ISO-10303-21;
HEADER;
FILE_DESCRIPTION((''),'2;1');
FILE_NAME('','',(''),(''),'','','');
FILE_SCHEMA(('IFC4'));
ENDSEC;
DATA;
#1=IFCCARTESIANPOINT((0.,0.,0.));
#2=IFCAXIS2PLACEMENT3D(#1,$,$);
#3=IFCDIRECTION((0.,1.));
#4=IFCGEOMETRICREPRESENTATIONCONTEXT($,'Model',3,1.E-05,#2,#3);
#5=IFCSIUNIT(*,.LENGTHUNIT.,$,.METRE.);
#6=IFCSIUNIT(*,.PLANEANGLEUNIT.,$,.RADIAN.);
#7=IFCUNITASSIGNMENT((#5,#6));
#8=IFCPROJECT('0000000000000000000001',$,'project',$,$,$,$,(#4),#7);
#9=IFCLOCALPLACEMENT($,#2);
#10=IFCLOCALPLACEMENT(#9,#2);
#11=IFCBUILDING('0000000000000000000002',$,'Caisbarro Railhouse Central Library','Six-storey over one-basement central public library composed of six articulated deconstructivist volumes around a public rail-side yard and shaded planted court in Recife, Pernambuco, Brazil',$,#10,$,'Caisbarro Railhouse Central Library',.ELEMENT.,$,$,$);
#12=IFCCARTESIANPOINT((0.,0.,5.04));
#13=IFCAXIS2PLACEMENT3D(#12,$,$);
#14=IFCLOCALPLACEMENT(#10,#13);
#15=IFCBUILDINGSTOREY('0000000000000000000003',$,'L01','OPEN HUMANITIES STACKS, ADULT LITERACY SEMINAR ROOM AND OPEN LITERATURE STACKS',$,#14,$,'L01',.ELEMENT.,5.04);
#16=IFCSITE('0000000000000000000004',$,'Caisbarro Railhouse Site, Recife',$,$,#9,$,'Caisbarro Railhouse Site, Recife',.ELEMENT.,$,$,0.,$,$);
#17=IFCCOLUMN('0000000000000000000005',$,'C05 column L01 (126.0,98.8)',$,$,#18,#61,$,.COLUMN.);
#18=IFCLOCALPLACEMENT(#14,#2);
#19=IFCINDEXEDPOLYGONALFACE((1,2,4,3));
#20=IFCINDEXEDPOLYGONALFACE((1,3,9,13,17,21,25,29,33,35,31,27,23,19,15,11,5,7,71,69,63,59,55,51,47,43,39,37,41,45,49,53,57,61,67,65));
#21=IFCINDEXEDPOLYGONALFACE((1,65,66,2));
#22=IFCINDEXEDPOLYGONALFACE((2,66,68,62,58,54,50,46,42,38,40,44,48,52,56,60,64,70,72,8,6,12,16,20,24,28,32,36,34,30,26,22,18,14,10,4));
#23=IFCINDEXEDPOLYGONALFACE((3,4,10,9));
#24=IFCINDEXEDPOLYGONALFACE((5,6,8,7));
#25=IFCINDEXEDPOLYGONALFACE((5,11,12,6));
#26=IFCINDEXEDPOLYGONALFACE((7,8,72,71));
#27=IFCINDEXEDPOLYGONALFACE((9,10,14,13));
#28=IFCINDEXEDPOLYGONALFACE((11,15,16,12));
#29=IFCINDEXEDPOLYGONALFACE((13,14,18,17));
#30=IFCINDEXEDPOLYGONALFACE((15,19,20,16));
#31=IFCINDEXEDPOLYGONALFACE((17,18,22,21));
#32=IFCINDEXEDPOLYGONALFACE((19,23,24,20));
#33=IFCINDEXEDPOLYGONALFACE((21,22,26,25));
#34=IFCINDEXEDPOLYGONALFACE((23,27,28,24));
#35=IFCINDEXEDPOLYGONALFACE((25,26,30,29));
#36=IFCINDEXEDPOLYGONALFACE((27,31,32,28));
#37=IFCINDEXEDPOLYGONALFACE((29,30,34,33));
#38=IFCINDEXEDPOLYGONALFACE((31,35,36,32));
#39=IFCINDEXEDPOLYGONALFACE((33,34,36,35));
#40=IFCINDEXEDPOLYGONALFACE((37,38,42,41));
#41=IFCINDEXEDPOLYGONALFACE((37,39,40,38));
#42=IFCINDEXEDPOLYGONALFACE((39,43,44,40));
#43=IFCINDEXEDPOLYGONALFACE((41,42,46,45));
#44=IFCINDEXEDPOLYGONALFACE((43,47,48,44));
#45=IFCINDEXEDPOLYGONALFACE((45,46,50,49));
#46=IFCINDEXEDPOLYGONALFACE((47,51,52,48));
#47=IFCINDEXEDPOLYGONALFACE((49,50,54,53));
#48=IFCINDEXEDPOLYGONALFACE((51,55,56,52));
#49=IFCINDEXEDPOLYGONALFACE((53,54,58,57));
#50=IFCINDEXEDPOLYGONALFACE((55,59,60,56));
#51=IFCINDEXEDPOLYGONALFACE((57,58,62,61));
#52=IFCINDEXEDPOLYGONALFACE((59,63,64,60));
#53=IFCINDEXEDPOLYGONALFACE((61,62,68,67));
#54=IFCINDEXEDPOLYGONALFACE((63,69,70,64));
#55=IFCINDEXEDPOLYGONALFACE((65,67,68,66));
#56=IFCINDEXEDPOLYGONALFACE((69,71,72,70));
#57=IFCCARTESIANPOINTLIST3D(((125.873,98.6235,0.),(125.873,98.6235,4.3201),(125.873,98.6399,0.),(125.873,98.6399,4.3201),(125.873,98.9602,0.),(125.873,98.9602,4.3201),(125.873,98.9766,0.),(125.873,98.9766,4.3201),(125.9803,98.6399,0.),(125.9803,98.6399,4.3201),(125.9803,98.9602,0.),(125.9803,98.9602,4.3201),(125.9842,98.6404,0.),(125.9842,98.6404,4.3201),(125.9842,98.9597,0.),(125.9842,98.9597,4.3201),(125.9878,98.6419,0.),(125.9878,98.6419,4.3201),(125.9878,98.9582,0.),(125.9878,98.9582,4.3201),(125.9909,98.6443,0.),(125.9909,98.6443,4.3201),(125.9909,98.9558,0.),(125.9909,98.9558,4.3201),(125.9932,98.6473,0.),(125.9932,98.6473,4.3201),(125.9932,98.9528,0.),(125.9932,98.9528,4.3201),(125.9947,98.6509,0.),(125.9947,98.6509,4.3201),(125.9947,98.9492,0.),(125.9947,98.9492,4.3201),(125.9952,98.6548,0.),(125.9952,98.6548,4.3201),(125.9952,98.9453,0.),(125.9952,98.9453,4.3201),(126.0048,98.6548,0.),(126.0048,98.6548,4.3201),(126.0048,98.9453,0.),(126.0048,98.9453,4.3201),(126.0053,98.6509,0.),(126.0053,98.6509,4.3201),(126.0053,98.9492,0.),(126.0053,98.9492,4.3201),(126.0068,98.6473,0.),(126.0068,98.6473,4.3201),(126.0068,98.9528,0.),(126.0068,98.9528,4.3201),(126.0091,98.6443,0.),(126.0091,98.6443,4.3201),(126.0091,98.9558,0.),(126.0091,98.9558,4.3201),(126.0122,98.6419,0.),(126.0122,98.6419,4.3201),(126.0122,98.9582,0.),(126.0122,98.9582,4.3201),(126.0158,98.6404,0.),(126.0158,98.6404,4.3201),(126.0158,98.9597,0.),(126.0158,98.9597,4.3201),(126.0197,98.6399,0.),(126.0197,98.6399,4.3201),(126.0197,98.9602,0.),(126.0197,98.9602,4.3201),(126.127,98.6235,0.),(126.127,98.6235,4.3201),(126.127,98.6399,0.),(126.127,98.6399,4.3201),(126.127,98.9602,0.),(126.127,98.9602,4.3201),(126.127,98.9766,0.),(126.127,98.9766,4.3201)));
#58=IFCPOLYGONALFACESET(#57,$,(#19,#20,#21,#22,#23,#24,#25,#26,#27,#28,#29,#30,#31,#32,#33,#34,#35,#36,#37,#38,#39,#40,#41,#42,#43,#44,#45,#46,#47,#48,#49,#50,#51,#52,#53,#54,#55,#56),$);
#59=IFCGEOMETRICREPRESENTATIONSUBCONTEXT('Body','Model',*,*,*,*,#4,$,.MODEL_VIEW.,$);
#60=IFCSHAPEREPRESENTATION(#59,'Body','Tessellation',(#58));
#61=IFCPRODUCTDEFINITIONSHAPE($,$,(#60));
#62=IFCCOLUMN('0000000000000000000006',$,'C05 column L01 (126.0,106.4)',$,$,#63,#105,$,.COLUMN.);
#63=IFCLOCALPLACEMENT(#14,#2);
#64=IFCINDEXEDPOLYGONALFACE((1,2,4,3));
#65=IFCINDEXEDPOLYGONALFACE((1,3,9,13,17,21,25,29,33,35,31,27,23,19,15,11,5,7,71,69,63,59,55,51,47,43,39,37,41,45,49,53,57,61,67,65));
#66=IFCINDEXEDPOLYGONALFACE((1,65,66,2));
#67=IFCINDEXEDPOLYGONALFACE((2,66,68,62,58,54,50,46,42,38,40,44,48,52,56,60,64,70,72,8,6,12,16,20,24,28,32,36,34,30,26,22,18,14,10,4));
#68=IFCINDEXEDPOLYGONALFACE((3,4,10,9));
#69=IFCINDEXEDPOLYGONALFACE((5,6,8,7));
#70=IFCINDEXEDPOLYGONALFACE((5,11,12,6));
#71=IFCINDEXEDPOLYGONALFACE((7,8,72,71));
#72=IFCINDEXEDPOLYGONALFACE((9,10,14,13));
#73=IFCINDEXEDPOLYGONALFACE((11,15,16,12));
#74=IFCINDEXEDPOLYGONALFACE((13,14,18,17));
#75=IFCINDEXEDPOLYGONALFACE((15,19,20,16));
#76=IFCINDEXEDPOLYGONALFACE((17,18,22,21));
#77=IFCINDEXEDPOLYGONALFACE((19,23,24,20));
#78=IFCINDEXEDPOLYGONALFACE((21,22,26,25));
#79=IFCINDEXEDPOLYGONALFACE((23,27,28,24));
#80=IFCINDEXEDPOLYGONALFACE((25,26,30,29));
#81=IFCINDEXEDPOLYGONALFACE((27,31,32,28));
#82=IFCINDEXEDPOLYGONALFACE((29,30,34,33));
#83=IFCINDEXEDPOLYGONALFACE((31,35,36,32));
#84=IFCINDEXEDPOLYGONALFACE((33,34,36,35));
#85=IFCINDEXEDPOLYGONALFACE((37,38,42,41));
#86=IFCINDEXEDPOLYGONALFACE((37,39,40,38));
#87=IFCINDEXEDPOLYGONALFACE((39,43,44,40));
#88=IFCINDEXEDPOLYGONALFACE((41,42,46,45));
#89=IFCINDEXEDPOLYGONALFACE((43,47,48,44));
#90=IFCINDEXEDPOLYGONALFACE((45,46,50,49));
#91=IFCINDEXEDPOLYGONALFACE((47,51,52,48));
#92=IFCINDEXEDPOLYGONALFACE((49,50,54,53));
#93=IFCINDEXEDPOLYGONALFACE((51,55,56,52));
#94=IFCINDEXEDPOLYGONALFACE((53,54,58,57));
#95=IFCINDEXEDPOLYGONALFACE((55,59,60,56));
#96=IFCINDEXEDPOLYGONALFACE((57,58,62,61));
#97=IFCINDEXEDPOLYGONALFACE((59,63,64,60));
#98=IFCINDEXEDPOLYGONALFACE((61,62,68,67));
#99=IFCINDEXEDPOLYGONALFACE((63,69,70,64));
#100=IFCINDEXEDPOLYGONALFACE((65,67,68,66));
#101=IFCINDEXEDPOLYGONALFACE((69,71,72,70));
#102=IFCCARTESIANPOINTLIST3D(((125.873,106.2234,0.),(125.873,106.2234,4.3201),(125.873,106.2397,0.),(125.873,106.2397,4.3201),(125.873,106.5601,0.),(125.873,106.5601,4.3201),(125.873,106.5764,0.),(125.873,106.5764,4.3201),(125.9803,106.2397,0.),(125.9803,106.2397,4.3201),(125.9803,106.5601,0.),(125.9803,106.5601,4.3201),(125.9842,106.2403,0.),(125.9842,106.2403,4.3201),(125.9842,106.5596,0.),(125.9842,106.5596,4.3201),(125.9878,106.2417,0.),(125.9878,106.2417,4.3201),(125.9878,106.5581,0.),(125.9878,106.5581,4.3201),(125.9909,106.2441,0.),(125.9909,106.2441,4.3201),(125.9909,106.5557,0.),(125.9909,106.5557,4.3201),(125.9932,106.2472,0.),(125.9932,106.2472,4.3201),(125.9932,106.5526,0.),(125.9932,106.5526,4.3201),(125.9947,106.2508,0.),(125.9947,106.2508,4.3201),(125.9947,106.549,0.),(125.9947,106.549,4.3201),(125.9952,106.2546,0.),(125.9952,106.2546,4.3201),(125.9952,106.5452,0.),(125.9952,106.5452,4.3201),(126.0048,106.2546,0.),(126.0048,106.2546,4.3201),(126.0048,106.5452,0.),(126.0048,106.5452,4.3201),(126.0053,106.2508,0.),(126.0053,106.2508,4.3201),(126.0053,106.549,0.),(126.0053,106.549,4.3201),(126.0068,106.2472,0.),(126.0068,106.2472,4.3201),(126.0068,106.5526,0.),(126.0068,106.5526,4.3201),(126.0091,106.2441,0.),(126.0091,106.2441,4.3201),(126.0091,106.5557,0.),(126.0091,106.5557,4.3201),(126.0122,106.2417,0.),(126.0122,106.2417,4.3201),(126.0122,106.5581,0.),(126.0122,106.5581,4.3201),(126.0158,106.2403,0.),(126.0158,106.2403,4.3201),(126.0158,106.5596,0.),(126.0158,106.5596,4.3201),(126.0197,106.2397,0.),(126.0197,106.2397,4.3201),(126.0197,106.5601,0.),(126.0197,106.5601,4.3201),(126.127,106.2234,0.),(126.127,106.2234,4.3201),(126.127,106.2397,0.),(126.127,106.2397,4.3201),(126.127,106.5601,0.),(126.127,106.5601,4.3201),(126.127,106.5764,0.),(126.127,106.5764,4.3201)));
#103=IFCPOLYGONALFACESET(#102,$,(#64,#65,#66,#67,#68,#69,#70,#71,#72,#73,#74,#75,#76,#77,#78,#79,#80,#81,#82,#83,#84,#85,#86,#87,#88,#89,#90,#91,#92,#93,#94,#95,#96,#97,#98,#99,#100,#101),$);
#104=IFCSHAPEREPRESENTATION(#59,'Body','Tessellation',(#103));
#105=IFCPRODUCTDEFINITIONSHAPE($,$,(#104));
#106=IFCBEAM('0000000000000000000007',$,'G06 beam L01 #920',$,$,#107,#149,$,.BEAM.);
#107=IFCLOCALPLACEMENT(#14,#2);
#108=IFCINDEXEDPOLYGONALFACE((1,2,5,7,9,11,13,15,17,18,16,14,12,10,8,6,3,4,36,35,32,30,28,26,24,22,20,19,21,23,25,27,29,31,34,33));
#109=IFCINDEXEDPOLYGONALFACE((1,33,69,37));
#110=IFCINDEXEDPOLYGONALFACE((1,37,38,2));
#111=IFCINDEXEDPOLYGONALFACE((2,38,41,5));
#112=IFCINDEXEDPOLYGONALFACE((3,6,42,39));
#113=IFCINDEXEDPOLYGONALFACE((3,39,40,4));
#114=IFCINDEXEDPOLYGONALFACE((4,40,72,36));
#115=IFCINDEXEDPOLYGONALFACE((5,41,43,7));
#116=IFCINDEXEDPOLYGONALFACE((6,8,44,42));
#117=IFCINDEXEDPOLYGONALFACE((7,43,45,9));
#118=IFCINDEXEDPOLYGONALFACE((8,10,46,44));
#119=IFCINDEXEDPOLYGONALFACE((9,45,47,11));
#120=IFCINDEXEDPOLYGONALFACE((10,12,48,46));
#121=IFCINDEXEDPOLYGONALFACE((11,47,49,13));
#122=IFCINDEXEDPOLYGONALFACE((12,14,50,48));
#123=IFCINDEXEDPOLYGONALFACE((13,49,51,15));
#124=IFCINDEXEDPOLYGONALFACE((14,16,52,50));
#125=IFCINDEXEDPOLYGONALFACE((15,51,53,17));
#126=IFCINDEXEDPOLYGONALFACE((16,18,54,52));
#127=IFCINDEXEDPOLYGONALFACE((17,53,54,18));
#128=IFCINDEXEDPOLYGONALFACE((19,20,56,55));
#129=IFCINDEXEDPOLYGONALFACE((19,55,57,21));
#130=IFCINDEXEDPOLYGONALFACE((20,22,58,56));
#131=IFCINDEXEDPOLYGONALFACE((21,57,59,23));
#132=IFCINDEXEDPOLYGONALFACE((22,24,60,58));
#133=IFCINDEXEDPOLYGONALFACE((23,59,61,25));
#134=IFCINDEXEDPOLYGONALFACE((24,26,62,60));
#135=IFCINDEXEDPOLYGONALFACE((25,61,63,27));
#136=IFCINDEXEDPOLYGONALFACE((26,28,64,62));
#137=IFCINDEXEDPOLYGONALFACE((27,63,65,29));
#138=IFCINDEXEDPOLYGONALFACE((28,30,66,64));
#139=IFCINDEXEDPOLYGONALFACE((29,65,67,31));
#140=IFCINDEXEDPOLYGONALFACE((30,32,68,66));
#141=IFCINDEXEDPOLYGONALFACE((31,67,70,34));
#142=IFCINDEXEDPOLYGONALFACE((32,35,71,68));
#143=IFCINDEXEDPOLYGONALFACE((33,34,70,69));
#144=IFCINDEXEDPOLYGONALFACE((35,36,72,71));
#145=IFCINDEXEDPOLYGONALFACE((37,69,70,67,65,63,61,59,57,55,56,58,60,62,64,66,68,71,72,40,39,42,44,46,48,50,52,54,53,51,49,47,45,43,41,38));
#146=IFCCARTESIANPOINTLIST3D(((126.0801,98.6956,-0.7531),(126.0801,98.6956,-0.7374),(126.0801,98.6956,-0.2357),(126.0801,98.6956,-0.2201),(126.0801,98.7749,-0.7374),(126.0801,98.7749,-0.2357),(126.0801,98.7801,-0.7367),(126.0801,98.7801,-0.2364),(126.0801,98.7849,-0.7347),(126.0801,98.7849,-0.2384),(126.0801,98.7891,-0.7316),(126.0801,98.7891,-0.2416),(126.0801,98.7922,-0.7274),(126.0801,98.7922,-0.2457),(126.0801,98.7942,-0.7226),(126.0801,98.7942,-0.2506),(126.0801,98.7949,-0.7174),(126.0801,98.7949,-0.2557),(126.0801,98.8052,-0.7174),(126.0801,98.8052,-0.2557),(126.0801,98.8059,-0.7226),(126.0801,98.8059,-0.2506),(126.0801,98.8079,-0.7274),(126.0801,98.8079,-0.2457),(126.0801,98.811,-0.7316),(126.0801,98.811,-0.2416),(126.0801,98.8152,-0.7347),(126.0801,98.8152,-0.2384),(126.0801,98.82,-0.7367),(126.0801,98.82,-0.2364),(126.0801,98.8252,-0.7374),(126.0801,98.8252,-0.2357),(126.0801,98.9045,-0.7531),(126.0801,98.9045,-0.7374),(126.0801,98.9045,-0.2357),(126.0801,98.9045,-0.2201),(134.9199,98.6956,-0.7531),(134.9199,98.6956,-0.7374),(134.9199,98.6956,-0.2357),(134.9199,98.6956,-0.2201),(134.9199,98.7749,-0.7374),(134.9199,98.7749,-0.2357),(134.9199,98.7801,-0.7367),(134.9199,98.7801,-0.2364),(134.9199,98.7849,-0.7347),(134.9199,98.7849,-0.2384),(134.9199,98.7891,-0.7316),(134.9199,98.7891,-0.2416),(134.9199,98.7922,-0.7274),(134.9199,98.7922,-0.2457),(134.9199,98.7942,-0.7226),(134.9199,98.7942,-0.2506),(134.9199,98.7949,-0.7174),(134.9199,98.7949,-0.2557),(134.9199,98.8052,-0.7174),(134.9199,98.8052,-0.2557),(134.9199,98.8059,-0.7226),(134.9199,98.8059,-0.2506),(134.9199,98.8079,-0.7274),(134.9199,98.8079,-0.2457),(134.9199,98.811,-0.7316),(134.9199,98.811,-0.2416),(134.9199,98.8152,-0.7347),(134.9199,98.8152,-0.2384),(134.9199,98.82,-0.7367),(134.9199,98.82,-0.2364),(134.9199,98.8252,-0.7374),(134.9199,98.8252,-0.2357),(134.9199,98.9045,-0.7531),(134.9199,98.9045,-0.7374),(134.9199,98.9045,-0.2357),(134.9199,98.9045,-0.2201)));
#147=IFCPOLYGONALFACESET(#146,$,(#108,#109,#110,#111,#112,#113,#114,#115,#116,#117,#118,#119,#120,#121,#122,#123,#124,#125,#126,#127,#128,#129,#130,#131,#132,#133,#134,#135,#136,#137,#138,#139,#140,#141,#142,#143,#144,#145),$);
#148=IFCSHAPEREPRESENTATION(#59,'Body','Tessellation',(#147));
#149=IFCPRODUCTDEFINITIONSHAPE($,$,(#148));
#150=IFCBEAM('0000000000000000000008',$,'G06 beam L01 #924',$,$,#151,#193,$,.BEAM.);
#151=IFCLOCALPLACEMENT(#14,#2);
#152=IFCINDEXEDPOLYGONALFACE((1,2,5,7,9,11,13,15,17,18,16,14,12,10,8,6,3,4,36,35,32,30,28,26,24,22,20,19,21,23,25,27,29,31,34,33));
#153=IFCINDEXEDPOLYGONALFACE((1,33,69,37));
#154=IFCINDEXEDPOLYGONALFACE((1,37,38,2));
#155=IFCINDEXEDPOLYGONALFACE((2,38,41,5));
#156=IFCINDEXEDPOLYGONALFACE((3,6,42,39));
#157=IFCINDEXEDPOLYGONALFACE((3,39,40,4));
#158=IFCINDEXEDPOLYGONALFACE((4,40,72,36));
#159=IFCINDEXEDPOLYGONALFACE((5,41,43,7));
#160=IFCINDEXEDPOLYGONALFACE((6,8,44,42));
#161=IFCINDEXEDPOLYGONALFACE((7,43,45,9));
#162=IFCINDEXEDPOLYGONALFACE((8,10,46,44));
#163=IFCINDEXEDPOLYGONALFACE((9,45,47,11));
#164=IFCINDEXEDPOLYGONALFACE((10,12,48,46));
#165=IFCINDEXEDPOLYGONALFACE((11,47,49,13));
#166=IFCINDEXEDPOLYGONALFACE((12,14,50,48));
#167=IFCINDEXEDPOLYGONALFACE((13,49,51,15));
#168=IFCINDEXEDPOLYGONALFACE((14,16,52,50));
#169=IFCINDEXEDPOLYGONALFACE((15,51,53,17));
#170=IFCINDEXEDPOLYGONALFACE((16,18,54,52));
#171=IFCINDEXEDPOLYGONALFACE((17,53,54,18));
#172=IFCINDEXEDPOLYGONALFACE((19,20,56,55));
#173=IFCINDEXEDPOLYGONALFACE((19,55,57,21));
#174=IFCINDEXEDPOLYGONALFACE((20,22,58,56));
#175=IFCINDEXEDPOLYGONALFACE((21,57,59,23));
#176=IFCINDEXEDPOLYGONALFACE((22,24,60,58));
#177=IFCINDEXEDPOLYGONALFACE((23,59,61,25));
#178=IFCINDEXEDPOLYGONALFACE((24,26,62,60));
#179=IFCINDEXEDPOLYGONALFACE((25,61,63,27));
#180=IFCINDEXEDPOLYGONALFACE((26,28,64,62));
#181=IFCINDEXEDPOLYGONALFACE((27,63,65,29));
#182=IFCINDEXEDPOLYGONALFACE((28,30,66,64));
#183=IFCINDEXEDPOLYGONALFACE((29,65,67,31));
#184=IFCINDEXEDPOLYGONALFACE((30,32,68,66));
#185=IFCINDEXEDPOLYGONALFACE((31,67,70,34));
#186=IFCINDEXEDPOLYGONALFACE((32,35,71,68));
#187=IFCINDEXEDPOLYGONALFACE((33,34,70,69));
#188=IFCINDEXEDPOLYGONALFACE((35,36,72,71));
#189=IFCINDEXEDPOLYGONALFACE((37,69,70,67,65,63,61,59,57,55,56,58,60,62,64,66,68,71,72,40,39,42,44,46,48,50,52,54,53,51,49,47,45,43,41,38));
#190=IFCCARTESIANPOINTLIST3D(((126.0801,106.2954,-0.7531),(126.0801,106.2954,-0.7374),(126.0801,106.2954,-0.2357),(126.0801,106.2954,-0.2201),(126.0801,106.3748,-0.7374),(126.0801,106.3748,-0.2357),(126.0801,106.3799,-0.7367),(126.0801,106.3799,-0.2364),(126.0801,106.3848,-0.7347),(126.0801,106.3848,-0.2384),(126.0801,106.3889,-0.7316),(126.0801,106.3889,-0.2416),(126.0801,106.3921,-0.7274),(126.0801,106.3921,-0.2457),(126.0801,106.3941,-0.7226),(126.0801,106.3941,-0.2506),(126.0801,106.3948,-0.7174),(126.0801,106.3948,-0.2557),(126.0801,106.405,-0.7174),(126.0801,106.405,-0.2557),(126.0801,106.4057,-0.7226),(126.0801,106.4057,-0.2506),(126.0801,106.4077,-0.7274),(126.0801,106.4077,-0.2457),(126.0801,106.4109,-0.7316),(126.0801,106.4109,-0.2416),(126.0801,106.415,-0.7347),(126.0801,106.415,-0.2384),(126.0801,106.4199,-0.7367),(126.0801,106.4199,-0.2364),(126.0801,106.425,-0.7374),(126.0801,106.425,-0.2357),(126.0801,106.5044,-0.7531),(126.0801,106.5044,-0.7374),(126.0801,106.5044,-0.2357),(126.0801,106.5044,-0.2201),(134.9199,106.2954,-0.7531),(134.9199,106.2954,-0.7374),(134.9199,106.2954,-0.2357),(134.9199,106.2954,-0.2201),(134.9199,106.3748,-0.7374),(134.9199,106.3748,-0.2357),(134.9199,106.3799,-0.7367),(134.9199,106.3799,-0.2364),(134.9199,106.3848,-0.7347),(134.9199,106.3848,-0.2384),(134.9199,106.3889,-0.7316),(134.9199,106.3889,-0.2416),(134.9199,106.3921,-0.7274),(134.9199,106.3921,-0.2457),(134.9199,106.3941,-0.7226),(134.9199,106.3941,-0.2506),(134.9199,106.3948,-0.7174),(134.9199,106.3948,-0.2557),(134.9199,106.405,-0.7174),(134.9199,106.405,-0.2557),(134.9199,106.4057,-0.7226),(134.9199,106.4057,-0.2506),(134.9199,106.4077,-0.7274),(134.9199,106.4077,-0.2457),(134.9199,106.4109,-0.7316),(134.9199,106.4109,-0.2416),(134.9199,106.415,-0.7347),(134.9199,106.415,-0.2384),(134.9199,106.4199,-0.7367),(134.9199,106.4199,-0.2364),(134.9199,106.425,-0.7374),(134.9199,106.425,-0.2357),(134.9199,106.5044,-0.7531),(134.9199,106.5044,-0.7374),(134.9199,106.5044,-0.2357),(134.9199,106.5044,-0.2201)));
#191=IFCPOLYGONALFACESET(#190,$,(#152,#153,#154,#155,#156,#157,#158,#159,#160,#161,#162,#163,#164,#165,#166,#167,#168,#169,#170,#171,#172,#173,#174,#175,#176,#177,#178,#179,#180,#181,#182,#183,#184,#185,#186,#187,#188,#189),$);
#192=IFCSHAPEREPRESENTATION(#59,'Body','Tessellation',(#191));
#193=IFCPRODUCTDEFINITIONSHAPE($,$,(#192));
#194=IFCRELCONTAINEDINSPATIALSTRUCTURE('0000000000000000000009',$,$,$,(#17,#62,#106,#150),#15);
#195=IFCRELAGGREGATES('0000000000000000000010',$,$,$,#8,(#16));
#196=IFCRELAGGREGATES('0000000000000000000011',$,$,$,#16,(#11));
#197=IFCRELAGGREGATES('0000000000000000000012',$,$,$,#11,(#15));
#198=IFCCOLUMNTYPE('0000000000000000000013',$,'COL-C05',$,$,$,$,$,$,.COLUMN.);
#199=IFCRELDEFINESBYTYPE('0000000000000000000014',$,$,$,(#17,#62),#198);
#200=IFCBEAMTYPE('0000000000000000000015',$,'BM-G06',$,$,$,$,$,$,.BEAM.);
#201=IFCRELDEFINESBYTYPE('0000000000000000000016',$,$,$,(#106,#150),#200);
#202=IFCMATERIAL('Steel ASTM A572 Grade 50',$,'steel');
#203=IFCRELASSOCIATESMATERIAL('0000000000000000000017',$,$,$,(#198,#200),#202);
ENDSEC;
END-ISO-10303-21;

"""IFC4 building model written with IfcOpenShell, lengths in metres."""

from ifc_helpers import new_model, si_unit, direction, frame, origin, origin_2d, place, context, subcontext, project, spatial, i_section, extrude, material, material_profile, profile_set, type_object, element, save


model = new_model("IFC4")

# Units and contexts
model_context = context("Model", 3, precision=1e-05, world=origin(), true_north=direction((0.0, 1.0)))
body_context = subcontext(model_context, "Body", "Model", "MODEL_VIEW")
ifc_project = project(units=[si_unit("LENGTHUNIT", "METRE"), si_unit("PLANEANGLEUNIT", "RADIAN")], contexts=[model_context])

# Site, building, storey
site_placement = place(None, origin())
site = spatial("IfcSite", under=ifc_project, at=site_placement, Name="Caisbarro Railhouse Site, Recife", LongName="Caisbarro Railhouse Site, Recife", CompositionType="ELEMENT", RefElevation=0.0)
building_placement = place(site_placement, origin())
building = spatial("IfcBuilding", under=site, at=building_placement, Name="Caisbarro Railhouse Central Library", Description="Six-storey over one-basement central public library composed of six articulated deconstructivist volumes around a public rail-side yard and shaded planted court in Recife, Pernambuco, Brazil", LongName="Caisbarro Railhouse Central Library", CompositionType="ELEMENT")
storey_placement = place(building_placement, frame((0.0, 0.0, 5.04)))
storey = spatial("IfcBuildingStorey", under=building, at=storey_placement, Name="L01", Description="OPEN HUMANITIES STACKS, ADULT LITERACY SEMINAR ROOM AND OPEN LITERATURE STACKS", LongName="L01", CompositionType="ELEMENT", Elevation=5.04)

# Columns
ifc_material_1 = material(Name="Steel ASTM A572 Grade 50", Category="steel")
ifc_material_profile_1 = material_profile(ifc_material_1, i_section(OverallWidth=0.2539, OverallDepth=0.353, WebThickness=0.0095, FlangeThickness=0.0164, FilletRadius=0.0149, at=origin_2d()), Name="W360X91.0")
ifc_profile_set_1 = profile_set([ifc_material_profile_1], Name="Steel ASTM A572 Grade 50")
column_type = type_object("IfcColumnType", Name="COL-C05", PredefinedType="COLUMN", material=ifc_profile_set_1)
for number, where, z_axis, x_axis, name in (
    (1, (126.0, 98.8, 0.0), (0.0, 0.0, 1.0), (1.0, 0.0, 0.0), "C05 column L01 (126.0,98.8)"),
    (2, (126.0, 106.3999, 0.0), (0.0, 0.0, 1.0), (1.0, 0.0, 0.0), "C05 column L01 (126.0,106.4)"),
):
    element("IfcColumn", number, at=place(storey_placement, frame(where, z_axis=z_axis, x_axis=x_axis)), inside=storey, type_object=column_type, Name=name, PredefinedType="COLUMN", context=body_context, shape_type="SweptSolid", body=[
        extrude(i_section(OverallWidth=0.2539, OverallDepth=0.353, WebThickness=0.0095, FlangeThickness=0.0164, FilletRadius=0.0149, at=origin_2d()), origin(), (0.0, 0.0, 1.0), 4.3201),
    ])

# Beams
ifc_material_profile_2 = material_profile(ifc_material_1, i_section(OverallWidth=0.209, OverallDepth=0.533, WebThickness=0.0103, FlangeThickness=0.0156, FilletRadius=0.02, at=origin_2d()), Name="W530X92.0")
ifc_profile_set_2 = profile_set([ifc_material_profile_2], Name="Steel ASTM A572 Grade 50")
beam_type_1 = type_object("IfcBeamType", Name="BM-G06", PredefinedType="BEAM", material=ifc_profile_set_2)
for number, where, z_axis, x_axis, name in (
    (3, (126.0801, 98.8, -0.4866), (1.0, 0.0, 0.0), (0.0, 1.0, 0.0), "G06 beam L01 #920"),
    (4, (126.0801, 106.3999, -0.4866), (1.0, 0.0, 0.0), (0.0, 1.0, 0.0), "G06 beam L01 #924"),
):
    element("IfcBeam", number, at=place(storey_placement, frame(where, z_axis=z_axis, x_axis=x_axis)), inside=storey, type_object=beam_type_1, Name=name, PredefinedType="BEAM", context=body_context, shape_type="SweptSolid", body=[
        extrude(i_section(OverallWidth=0.209, OverallDepth=0.533, WebThickness=0.0103, FlangeThickness=0.0156, FilletRadius=0.02, at=origin_2d()), origin(), (0.0, 0.0, 1.0), 8.8398),
    ])

save(model, "model.ifc")
